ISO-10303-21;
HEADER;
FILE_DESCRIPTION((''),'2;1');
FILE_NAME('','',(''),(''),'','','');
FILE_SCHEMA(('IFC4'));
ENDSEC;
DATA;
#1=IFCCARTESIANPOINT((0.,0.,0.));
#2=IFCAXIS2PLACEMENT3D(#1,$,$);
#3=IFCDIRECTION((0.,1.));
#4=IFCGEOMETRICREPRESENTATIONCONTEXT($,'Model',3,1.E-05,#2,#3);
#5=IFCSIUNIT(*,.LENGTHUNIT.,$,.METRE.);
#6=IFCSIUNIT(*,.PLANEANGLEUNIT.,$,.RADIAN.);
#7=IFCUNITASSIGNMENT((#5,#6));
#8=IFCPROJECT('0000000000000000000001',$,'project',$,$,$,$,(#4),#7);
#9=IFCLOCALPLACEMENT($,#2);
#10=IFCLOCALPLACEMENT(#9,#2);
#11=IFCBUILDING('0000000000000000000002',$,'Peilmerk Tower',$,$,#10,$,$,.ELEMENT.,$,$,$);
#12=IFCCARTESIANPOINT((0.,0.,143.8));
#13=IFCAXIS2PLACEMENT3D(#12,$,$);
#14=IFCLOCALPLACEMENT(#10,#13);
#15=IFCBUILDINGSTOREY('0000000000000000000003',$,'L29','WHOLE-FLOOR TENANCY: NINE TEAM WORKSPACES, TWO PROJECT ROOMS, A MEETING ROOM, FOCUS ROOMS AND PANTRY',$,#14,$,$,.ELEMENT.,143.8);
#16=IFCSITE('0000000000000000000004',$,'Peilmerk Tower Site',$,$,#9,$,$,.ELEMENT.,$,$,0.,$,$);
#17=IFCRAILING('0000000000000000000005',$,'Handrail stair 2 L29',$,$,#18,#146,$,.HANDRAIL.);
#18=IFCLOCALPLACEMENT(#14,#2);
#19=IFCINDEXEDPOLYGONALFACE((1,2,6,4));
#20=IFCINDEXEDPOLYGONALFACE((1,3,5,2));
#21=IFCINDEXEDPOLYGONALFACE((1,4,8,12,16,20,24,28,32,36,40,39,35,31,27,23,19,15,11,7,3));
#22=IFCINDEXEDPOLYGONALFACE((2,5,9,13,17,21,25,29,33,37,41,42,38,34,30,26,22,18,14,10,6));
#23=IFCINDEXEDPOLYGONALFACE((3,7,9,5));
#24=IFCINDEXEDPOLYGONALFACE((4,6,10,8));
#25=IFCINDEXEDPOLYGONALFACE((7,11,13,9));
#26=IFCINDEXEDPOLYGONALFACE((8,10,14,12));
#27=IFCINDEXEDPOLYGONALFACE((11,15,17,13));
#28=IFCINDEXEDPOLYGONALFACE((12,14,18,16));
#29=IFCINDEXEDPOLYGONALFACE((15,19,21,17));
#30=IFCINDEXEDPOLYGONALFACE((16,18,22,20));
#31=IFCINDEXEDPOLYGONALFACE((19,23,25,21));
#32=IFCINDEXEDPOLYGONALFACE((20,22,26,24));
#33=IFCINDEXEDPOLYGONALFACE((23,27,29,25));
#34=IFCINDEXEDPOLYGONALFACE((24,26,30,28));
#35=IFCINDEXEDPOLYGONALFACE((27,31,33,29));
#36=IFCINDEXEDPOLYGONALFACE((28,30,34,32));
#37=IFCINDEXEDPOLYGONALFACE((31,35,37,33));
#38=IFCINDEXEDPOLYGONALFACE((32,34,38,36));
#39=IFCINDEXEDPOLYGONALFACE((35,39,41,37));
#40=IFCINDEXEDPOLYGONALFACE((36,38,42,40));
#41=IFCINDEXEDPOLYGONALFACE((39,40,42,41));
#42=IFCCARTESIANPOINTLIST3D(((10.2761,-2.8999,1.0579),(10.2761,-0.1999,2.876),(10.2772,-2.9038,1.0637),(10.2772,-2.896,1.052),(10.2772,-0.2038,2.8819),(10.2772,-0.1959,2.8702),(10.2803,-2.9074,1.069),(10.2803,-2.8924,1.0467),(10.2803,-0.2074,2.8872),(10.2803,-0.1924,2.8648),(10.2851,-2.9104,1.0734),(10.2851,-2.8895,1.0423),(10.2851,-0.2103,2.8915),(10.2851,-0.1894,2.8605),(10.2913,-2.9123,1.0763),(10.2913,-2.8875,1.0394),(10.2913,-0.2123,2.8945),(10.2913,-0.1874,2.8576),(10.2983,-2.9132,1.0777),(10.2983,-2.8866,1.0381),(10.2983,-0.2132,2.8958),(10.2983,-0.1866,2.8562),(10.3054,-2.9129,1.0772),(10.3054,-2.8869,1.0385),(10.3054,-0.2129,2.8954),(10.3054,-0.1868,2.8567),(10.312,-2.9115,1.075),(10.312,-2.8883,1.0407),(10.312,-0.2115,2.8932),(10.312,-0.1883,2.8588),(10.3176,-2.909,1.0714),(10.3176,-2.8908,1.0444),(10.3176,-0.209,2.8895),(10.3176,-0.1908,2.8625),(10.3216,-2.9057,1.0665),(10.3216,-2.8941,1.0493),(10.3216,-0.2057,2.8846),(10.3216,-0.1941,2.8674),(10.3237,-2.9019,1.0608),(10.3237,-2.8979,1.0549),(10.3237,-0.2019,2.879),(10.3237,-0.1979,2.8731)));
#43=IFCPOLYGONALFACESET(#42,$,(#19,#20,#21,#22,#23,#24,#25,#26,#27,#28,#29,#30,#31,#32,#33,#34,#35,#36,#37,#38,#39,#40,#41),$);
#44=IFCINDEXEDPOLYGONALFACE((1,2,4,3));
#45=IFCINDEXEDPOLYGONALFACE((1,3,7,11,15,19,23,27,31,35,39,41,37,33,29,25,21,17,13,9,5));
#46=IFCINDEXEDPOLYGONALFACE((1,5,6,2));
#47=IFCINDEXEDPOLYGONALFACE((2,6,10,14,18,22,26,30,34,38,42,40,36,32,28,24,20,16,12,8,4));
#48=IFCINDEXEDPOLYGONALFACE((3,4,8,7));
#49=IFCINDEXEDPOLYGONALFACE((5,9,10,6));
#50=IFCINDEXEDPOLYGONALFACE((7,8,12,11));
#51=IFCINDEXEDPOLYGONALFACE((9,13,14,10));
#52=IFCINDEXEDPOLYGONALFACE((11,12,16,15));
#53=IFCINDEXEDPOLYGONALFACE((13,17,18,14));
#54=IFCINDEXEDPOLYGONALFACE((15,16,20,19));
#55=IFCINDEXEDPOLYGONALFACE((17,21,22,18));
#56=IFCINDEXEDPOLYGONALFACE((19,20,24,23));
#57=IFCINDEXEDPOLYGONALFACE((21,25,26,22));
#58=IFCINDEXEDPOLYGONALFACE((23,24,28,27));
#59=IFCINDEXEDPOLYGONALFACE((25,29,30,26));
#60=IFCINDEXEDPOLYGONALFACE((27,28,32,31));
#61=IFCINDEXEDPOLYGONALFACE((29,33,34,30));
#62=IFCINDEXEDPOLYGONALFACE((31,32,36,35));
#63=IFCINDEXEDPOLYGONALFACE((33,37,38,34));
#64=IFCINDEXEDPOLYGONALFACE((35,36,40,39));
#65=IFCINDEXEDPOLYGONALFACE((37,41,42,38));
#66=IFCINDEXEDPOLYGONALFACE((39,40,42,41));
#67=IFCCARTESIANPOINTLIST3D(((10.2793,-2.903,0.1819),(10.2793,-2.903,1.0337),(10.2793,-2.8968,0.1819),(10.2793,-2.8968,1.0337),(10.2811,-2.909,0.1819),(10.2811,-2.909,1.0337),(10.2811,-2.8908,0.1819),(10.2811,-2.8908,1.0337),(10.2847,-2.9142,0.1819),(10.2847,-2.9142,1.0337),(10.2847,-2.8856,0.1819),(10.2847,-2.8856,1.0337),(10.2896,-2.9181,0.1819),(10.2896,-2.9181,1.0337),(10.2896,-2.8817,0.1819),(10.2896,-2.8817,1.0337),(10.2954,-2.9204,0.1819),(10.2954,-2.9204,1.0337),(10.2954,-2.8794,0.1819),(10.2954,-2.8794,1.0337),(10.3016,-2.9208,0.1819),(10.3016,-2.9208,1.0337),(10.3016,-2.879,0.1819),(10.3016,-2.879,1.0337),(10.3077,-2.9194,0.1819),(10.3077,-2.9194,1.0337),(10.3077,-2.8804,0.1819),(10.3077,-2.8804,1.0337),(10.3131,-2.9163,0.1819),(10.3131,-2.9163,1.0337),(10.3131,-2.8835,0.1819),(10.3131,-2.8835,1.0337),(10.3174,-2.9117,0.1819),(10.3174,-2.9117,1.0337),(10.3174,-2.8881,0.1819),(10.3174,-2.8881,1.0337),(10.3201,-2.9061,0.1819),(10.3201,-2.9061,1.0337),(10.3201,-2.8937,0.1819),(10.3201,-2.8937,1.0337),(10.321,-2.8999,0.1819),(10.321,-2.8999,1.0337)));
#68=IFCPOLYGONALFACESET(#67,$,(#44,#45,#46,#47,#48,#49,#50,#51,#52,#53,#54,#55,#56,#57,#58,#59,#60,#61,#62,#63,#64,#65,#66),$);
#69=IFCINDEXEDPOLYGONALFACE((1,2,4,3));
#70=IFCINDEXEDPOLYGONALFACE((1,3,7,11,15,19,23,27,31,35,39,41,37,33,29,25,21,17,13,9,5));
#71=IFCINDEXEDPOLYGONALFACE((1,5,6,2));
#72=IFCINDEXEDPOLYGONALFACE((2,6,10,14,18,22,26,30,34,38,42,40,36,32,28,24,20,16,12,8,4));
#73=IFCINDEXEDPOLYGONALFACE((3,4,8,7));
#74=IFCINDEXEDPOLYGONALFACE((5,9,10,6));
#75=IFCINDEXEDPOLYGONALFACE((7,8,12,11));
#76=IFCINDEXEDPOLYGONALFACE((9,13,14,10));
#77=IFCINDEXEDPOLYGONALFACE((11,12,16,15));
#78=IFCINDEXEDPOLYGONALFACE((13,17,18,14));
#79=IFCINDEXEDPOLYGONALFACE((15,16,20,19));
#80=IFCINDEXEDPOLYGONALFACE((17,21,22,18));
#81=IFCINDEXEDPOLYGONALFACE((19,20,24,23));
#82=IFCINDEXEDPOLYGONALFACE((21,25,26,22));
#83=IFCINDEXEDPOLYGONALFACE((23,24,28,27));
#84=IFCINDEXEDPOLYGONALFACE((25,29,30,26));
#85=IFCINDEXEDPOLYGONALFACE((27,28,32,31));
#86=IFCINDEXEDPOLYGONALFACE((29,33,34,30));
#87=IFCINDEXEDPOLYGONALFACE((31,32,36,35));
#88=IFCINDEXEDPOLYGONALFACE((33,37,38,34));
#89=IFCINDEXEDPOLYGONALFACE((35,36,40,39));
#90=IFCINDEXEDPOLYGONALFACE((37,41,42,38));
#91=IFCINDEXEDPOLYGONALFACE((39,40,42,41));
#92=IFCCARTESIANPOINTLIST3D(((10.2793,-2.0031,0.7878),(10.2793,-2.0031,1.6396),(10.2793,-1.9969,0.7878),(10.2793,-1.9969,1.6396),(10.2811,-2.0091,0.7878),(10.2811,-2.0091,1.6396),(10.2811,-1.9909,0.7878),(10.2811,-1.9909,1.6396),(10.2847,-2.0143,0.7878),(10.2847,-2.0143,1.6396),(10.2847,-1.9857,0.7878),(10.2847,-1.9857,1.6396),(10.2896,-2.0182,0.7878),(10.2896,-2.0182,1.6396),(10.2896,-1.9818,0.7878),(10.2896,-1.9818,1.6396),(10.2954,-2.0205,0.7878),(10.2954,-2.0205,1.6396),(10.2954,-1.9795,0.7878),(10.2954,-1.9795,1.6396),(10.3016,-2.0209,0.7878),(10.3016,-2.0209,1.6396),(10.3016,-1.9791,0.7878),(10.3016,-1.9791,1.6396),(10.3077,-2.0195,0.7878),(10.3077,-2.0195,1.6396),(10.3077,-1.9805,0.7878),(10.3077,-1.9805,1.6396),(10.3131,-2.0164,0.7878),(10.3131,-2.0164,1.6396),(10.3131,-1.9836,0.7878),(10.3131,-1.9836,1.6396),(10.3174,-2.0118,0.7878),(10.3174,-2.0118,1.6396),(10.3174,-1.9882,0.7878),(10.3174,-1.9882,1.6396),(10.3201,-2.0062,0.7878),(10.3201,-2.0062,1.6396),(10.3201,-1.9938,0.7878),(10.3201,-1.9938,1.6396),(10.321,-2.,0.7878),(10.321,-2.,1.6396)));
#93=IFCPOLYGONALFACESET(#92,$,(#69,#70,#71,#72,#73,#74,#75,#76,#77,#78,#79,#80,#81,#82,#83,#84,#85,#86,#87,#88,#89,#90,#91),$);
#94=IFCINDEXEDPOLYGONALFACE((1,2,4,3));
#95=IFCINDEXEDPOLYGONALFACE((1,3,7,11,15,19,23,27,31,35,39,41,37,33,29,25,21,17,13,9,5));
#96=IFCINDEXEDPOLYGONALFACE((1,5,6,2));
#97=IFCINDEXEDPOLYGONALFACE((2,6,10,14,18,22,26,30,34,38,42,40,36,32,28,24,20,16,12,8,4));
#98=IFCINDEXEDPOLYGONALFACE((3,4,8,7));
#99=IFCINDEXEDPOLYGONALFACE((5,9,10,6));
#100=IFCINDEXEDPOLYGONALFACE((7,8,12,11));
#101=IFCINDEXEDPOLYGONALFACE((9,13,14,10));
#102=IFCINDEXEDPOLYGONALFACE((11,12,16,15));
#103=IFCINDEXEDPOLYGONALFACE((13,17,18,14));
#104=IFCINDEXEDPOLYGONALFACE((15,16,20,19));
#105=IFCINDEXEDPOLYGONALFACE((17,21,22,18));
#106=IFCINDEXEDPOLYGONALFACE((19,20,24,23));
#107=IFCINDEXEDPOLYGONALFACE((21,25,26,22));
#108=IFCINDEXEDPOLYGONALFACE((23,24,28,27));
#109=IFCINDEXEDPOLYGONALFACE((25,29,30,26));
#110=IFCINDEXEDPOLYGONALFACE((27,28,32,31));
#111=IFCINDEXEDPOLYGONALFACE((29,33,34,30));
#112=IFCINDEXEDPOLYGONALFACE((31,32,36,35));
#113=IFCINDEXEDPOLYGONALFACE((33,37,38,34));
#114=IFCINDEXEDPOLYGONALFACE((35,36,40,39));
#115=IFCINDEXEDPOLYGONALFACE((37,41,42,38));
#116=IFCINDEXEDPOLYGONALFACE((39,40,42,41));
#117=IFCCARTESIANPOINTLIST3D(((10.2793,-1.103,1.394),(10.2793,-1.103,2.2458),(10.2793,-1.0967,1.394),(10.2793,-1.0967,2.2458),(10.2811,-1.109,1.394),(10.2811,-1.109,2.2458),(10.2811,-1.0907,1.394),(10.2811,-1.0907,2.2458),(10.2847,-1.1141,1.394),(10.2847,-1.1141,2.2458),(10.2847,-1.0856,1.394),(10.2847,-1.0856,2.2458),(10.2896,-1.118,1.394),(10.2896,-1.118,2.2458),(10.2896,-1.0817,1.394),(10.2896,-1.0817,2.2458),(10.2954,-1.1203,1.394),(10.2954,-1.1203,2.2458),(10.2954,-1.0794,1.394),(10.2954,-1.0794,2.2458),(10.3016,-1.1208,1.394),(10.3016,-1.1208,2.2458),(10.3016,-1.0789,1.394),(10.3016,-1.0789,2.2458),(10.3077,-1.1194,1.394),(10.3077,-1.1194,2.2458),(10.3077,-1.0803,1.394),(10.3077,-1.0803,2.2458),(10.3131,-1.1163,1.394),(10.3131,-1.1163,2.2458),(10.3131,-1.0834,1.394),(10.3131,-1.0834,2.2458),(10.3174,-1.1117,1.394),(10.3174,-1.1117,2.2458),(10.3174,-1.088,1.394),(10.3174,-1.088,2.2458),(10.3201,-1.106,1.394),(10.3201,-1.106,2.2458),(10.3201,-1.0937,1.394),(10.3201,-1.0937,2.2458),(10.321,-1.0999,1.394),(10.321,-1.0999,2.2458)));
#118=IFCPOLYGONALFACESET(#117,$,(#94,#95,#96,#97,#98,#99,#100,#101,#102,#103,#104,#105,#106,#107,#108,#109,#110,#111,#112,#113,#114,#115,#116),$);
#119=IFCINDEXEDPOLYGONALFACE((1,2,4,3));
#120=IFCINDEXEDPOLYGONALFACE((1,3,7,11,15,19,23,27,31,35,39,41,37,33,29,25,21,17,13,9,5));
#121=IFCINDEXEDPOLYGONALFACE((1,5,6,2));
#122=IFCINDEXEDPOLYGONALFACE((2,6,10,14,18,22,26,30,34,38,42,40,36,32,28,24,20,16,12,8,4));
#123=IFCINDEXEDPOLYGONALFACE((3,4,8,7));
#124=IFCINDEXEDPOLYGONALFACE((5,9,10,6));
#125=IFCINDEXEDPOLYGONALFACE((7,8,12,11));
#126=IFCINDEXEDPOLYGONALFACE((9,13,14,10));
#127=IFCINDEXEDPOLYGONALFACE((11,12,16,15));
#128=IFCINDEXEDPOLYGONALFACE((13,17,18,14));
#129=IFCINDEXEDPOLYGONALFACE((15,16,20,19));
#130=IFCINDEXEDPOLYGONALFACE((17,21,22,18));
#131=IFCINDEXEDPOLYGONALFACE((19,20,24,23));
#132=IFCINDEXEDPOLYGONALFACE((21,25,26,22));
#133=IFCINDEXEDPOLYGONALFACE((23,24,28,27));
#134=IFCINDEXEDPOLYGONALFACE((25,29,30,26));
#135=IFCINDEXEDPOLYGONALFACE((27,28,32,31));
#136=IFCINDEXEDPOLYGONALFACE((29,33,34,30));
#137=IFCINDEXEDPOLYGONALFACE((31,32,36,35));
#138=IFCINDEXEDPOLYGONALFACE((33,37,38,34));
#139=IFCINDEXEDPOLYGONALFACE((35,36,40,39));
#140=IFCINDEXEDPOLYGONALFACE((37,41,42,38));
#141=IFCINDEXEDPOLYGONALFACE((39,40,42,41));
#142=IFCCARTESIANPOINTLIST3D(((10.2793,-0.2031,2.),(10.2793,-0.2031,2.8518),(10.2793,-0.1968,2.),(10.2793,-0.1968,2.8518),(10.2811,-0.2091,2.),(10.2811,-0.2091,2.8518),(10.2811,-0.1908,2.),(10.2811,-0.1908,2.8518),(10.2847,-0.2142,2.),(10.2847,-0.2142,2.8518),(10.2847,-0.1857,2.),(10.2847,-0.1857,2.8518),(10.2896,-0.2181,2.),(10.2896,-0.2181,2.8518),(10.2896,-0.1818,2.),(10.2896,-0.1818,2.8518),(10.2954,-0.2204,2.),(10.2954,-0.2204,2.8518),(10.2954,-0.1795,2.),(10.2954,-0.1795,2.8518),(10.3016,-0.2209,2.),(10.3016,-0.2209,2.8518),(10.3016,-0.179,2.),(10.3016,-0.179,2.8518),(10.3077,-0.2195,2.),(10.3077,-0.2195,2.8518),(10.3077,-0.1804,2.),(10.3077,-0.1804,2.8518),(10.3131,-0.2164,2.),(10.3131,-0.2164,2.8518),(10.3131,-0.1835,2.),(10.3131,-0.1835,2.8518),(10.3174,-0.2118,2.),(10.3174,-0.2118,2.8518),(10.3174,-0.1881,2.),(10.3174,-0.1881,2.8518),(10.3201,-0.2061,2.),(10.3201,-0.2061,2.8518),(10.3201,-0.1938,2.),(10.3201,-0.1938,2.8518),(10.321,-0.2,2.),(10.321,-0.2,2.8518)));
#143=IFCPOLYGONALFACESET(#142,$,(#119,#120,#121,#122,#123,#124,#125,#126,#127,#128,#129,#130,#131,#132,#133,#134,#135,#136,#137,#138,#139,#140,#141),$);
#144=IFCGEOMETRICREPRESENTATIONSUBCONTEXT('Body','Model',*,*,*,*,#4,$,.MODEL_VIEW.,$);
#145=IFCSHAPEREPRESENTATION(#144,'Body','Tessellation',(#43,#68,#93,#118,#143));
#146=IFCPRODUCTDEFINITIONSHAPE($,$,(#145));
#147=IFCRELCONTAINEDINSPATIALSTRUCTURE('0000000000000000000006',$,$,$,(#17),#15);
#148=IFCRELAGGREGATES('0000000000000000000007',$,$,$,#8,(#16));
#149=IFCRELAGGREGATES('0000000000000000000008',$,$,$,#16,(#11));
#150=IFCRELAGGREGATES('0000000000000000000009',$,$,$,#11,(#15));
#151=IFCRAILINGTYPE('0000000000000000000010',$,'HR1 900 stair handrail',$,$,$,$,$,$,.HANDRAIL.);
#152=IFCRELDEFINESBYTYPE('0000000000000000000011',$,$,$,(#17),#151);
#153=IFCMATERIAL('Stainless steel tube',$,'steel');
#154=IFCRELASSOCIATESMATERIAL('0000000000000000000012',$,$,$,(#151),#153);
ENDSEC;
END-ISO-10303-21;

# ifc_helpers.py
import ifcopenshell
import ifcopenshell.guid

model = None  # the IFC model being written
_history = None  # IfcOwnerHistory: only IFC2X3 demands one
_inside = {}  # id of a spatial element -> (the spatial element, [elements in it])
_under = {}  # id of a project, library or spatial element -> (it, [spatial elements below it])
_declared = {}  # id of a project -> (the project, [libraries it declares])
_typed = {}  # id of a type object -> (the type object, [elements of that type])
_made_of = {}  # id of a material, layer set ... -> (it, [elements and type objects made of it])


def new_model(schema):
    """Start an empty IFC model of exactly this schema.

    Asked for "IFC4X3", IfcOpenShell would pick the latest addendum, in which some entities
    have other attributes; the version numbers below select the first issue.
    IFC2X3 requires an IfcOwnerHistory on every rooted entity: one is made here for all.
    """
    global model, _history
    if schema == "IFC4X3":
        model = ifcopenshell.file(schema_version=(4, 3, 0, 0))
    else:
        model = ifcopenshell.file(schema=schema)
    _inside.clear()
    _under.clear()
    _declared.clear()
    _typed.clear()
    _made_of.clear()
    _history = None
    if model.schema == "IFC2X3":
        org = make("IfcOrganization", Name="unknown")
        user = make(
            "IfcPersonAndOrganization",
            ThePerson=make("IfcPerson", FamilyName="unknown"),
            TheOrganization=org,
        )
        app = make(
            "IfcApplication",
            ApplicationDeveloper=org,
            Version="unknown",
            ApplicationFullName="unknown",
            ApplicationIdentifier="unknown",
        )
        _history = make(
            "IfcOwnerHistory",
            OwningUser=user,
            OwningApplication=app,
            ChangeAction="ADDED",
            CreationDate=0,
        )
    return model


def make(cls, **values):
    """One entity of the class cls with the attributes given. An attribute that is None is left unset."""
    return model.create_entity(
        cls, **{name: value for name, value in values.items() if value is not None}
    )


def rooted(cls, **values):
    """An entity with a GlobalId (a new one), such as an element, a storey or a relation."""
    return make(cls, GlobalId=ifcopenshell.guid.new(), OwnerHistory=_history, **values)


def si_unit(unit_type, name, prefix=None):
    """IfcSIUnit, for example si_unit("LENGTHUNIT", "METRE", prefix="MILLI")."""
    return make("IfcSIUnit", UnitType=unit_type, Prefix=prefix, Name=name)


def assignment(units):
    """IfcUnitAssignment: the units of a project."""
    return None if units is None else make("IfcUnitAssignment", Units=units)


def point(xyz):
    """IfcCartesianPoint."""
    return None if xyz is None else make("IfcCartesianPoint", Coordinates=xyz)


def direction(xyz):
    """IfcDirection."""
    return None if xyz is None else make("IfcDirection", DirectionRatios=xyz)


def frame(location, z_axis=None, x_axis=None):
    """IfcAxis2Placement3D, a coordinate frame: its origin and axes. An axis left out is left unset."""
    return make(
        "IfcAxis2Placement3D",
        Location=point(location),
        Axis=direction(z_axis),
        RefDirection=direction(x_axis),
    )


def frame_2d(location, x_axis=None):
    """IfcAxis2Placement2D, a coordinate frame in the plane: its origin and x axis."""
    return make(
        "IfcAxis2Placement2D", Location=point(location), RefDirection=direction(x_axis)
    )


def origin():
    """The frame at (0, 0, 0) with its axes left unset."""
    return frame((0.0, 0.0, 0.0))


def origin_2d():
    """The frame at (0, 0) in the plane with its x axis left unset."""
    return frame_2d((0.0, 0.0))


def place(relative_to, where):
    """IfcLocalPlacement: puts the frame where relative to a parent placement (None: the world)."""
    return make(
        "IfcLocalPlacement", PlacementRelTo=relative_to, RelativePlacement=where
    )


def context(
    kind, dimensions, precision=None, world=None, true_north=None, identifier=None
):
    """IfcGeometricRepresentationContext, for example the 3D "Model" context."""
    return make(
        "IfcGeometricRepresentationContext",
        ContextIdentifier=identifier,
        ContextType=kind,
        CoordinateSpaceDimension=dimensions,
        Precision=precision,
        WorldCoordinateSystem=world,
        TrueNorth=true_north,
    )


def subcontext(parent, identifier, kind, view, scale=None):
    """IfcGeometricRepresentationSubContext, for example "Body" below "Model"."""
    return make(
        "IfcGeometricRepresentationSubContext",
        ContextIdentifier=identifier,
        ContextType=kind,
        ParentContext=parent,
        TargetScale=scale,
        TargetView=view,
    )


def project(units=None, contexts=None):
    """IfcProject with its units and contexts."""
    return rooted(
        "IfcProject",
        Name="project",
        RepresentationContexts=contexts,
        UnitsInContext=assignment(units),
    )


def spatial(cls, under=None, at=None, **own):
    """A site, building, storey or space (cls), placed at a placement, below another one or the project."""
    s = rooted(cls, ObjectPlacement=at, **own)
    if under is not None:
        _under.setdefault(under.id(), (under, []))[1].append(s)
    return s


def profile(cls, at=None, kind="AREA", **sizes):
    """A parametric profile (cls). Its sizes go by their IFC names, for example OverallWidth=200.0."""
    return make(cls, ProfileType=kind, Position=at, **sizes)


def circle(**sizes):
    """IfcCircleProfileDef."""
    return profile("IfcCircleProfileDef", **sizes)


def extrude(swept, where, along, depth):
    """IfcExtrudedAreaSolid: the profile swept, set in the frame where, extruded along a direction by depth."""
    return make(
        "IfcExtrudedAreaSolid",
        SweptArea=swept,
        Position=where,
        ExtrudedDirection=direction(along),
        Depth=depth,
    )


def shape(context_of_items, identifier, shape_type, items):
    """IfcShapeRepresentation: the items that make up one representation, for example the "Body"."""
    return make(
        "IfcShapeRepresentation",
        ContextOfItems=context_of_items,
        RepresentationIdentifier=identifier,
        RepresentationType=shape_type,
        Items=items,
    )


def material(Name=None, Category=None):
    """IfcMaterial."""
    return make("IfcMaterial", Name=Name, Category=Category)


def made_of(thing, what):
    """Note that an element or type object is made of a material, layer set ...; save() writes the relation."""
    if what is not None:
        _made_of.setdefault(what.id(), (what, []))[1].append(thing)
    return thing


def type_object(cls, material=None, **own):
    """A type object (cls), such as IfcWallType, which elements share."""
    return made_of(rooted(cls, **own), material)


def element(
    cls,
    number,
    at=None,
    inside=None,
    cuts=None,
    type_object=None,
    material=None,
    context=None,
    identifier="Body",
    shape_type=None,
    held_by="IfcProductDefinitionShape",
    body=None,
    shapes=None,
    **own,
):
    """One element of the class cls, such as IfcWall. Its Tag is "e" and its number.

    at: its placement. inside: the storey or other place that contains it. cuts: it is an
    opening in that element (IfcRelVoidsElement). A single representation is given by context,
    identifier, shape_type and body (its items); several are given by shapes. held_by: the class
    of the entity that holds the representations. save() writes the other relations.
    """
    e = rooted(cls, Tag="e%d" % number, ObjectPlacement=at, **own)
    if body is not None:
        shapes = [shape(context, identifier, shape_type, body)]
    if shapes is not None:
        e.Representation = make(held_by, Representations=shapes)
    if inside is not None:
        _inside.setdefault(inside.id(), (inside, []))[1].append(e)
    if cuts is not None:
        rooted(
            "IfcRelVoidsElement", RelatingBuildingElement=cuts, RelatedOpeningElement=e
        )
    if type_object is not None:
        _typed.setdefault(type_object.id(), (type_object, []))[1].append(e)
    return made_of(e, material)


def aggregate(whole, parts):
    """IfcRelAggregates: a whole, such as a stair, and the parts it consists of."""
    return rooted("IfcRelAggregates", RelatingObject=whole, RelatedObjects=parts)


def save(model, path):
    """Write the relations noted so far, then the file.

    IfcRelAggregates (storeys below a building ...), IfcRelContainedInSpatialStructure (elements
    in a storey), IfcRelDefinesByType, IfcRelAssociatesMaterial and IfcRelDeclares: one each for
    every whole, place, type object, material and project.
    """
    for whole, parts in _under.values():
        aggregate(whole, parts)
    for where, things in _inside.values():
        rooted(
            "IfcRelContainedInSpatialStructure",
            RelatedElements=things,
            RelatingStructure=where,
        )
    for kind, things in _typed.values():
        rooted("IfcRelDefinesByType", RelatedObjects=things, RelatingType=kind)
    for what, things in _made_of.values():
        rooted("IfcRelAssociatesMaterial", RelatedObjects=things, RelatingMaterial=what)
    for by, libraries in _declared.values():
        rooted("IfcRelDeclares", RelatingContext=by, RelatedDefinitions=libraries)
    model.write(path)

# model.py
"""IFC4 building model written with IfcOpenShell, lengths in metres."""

from ifc_helpers import new_model, si_unit, direction, frame, origin, origin_2d, place, context, subcontext, project, spatial, circle, extrude, material, type_object, element, save


model = new_model("IFC4")

# Units and contexts
model_context = context("Model", 3, precision=1e-05, world=origin(), true_north=direction((0.0, 1.0)))
body_context = subcontext(model_context, "Body", "Model", "MODEL_VIEW")
ifc_project = project(units=[si_unit("LENGTHUNIT", "METRE"), si_unit("PLANEANGLEUNIT", "RADIAN")], contexts=[model_context])

# Site, building, storey
site_placement = place(None, origin())
site = spatial("IfcSite", under=ifc_project, at=site_placement, Name="Peilmerk Tower Site", CompositionType="ELEMENT", RefElevation=0.0)
building_placement = place(site_placement, origin())
building = spatial("IfcBuilding", under=site, at=building_placement, Name="Peilmerk Tower", CompositionType="ELEMENT")
storey_placement = place(building_placement, frame((0.0, 0.0, 143.8)))
storey = spatial("IfcBuildingStorey", under=building, at=storey_placement, Name="L29", Description="WHOLE-FLOOR TENANCY: NINE TEAM WORKSPACES, TWO PROJECT ROOMS, A MEETING ROOM, FOCUS ROOMS AND PANTRY", CompositionType="ELEMENT", Elevation=143.8)

# Railing
ifc_material_1 = material(Name="Stainless steel tube", Category="steel")
railing_type_1 = type_object("IfcRailingType", Name="HR1 900 stair handrail", PredefinedType="HANDRAIL", material=ifc_material_1)
railing_1_placement = place(storey_placement, frame((10.3, -2.8999, 0.1819)))
element("IfcRailing", 1, at=railing_1_placement, inside=storey, type_object=railing_type_1, Name="Handrail stair 2 L29", PredefinedType="HANDRAIL", context=body_context, shape_type="SweptSolid", body=[
    extrude(circle(Radius=0.0239, at=origin_2d()), frame((0.0, 0.0, 0.876), z_axis=(0.0, 0.829468, 0.558554), x_axis=(-1.0, 0.0, 0.0)), (0.0, 0.0, 1.0), 3.2551),
    extrude(circle(Radius=0.021, at=origin_2d()), origin(), (0.0, 0.0, 1.0), 0.8518),
    extrude(circle(Radius=0.021, at=origin_2d()), frame((0.0, 0.8999, 0.606)), (0.0, 0.0, 1.0), 0.8518),
    extrude(circle(Radius=0.021, at=origin_2d()), frame((0.0, 1.8, 1.2122)), (0.0, 0.0, 1.0), 0.8518),
    extrude(circle(Radius=0.021, at=origin_2d()), frame((0.0, 2.7, 1.8181)), (0.0, 0.0, 1.0), 0.8518),
])

save(model, "model.ifc")
